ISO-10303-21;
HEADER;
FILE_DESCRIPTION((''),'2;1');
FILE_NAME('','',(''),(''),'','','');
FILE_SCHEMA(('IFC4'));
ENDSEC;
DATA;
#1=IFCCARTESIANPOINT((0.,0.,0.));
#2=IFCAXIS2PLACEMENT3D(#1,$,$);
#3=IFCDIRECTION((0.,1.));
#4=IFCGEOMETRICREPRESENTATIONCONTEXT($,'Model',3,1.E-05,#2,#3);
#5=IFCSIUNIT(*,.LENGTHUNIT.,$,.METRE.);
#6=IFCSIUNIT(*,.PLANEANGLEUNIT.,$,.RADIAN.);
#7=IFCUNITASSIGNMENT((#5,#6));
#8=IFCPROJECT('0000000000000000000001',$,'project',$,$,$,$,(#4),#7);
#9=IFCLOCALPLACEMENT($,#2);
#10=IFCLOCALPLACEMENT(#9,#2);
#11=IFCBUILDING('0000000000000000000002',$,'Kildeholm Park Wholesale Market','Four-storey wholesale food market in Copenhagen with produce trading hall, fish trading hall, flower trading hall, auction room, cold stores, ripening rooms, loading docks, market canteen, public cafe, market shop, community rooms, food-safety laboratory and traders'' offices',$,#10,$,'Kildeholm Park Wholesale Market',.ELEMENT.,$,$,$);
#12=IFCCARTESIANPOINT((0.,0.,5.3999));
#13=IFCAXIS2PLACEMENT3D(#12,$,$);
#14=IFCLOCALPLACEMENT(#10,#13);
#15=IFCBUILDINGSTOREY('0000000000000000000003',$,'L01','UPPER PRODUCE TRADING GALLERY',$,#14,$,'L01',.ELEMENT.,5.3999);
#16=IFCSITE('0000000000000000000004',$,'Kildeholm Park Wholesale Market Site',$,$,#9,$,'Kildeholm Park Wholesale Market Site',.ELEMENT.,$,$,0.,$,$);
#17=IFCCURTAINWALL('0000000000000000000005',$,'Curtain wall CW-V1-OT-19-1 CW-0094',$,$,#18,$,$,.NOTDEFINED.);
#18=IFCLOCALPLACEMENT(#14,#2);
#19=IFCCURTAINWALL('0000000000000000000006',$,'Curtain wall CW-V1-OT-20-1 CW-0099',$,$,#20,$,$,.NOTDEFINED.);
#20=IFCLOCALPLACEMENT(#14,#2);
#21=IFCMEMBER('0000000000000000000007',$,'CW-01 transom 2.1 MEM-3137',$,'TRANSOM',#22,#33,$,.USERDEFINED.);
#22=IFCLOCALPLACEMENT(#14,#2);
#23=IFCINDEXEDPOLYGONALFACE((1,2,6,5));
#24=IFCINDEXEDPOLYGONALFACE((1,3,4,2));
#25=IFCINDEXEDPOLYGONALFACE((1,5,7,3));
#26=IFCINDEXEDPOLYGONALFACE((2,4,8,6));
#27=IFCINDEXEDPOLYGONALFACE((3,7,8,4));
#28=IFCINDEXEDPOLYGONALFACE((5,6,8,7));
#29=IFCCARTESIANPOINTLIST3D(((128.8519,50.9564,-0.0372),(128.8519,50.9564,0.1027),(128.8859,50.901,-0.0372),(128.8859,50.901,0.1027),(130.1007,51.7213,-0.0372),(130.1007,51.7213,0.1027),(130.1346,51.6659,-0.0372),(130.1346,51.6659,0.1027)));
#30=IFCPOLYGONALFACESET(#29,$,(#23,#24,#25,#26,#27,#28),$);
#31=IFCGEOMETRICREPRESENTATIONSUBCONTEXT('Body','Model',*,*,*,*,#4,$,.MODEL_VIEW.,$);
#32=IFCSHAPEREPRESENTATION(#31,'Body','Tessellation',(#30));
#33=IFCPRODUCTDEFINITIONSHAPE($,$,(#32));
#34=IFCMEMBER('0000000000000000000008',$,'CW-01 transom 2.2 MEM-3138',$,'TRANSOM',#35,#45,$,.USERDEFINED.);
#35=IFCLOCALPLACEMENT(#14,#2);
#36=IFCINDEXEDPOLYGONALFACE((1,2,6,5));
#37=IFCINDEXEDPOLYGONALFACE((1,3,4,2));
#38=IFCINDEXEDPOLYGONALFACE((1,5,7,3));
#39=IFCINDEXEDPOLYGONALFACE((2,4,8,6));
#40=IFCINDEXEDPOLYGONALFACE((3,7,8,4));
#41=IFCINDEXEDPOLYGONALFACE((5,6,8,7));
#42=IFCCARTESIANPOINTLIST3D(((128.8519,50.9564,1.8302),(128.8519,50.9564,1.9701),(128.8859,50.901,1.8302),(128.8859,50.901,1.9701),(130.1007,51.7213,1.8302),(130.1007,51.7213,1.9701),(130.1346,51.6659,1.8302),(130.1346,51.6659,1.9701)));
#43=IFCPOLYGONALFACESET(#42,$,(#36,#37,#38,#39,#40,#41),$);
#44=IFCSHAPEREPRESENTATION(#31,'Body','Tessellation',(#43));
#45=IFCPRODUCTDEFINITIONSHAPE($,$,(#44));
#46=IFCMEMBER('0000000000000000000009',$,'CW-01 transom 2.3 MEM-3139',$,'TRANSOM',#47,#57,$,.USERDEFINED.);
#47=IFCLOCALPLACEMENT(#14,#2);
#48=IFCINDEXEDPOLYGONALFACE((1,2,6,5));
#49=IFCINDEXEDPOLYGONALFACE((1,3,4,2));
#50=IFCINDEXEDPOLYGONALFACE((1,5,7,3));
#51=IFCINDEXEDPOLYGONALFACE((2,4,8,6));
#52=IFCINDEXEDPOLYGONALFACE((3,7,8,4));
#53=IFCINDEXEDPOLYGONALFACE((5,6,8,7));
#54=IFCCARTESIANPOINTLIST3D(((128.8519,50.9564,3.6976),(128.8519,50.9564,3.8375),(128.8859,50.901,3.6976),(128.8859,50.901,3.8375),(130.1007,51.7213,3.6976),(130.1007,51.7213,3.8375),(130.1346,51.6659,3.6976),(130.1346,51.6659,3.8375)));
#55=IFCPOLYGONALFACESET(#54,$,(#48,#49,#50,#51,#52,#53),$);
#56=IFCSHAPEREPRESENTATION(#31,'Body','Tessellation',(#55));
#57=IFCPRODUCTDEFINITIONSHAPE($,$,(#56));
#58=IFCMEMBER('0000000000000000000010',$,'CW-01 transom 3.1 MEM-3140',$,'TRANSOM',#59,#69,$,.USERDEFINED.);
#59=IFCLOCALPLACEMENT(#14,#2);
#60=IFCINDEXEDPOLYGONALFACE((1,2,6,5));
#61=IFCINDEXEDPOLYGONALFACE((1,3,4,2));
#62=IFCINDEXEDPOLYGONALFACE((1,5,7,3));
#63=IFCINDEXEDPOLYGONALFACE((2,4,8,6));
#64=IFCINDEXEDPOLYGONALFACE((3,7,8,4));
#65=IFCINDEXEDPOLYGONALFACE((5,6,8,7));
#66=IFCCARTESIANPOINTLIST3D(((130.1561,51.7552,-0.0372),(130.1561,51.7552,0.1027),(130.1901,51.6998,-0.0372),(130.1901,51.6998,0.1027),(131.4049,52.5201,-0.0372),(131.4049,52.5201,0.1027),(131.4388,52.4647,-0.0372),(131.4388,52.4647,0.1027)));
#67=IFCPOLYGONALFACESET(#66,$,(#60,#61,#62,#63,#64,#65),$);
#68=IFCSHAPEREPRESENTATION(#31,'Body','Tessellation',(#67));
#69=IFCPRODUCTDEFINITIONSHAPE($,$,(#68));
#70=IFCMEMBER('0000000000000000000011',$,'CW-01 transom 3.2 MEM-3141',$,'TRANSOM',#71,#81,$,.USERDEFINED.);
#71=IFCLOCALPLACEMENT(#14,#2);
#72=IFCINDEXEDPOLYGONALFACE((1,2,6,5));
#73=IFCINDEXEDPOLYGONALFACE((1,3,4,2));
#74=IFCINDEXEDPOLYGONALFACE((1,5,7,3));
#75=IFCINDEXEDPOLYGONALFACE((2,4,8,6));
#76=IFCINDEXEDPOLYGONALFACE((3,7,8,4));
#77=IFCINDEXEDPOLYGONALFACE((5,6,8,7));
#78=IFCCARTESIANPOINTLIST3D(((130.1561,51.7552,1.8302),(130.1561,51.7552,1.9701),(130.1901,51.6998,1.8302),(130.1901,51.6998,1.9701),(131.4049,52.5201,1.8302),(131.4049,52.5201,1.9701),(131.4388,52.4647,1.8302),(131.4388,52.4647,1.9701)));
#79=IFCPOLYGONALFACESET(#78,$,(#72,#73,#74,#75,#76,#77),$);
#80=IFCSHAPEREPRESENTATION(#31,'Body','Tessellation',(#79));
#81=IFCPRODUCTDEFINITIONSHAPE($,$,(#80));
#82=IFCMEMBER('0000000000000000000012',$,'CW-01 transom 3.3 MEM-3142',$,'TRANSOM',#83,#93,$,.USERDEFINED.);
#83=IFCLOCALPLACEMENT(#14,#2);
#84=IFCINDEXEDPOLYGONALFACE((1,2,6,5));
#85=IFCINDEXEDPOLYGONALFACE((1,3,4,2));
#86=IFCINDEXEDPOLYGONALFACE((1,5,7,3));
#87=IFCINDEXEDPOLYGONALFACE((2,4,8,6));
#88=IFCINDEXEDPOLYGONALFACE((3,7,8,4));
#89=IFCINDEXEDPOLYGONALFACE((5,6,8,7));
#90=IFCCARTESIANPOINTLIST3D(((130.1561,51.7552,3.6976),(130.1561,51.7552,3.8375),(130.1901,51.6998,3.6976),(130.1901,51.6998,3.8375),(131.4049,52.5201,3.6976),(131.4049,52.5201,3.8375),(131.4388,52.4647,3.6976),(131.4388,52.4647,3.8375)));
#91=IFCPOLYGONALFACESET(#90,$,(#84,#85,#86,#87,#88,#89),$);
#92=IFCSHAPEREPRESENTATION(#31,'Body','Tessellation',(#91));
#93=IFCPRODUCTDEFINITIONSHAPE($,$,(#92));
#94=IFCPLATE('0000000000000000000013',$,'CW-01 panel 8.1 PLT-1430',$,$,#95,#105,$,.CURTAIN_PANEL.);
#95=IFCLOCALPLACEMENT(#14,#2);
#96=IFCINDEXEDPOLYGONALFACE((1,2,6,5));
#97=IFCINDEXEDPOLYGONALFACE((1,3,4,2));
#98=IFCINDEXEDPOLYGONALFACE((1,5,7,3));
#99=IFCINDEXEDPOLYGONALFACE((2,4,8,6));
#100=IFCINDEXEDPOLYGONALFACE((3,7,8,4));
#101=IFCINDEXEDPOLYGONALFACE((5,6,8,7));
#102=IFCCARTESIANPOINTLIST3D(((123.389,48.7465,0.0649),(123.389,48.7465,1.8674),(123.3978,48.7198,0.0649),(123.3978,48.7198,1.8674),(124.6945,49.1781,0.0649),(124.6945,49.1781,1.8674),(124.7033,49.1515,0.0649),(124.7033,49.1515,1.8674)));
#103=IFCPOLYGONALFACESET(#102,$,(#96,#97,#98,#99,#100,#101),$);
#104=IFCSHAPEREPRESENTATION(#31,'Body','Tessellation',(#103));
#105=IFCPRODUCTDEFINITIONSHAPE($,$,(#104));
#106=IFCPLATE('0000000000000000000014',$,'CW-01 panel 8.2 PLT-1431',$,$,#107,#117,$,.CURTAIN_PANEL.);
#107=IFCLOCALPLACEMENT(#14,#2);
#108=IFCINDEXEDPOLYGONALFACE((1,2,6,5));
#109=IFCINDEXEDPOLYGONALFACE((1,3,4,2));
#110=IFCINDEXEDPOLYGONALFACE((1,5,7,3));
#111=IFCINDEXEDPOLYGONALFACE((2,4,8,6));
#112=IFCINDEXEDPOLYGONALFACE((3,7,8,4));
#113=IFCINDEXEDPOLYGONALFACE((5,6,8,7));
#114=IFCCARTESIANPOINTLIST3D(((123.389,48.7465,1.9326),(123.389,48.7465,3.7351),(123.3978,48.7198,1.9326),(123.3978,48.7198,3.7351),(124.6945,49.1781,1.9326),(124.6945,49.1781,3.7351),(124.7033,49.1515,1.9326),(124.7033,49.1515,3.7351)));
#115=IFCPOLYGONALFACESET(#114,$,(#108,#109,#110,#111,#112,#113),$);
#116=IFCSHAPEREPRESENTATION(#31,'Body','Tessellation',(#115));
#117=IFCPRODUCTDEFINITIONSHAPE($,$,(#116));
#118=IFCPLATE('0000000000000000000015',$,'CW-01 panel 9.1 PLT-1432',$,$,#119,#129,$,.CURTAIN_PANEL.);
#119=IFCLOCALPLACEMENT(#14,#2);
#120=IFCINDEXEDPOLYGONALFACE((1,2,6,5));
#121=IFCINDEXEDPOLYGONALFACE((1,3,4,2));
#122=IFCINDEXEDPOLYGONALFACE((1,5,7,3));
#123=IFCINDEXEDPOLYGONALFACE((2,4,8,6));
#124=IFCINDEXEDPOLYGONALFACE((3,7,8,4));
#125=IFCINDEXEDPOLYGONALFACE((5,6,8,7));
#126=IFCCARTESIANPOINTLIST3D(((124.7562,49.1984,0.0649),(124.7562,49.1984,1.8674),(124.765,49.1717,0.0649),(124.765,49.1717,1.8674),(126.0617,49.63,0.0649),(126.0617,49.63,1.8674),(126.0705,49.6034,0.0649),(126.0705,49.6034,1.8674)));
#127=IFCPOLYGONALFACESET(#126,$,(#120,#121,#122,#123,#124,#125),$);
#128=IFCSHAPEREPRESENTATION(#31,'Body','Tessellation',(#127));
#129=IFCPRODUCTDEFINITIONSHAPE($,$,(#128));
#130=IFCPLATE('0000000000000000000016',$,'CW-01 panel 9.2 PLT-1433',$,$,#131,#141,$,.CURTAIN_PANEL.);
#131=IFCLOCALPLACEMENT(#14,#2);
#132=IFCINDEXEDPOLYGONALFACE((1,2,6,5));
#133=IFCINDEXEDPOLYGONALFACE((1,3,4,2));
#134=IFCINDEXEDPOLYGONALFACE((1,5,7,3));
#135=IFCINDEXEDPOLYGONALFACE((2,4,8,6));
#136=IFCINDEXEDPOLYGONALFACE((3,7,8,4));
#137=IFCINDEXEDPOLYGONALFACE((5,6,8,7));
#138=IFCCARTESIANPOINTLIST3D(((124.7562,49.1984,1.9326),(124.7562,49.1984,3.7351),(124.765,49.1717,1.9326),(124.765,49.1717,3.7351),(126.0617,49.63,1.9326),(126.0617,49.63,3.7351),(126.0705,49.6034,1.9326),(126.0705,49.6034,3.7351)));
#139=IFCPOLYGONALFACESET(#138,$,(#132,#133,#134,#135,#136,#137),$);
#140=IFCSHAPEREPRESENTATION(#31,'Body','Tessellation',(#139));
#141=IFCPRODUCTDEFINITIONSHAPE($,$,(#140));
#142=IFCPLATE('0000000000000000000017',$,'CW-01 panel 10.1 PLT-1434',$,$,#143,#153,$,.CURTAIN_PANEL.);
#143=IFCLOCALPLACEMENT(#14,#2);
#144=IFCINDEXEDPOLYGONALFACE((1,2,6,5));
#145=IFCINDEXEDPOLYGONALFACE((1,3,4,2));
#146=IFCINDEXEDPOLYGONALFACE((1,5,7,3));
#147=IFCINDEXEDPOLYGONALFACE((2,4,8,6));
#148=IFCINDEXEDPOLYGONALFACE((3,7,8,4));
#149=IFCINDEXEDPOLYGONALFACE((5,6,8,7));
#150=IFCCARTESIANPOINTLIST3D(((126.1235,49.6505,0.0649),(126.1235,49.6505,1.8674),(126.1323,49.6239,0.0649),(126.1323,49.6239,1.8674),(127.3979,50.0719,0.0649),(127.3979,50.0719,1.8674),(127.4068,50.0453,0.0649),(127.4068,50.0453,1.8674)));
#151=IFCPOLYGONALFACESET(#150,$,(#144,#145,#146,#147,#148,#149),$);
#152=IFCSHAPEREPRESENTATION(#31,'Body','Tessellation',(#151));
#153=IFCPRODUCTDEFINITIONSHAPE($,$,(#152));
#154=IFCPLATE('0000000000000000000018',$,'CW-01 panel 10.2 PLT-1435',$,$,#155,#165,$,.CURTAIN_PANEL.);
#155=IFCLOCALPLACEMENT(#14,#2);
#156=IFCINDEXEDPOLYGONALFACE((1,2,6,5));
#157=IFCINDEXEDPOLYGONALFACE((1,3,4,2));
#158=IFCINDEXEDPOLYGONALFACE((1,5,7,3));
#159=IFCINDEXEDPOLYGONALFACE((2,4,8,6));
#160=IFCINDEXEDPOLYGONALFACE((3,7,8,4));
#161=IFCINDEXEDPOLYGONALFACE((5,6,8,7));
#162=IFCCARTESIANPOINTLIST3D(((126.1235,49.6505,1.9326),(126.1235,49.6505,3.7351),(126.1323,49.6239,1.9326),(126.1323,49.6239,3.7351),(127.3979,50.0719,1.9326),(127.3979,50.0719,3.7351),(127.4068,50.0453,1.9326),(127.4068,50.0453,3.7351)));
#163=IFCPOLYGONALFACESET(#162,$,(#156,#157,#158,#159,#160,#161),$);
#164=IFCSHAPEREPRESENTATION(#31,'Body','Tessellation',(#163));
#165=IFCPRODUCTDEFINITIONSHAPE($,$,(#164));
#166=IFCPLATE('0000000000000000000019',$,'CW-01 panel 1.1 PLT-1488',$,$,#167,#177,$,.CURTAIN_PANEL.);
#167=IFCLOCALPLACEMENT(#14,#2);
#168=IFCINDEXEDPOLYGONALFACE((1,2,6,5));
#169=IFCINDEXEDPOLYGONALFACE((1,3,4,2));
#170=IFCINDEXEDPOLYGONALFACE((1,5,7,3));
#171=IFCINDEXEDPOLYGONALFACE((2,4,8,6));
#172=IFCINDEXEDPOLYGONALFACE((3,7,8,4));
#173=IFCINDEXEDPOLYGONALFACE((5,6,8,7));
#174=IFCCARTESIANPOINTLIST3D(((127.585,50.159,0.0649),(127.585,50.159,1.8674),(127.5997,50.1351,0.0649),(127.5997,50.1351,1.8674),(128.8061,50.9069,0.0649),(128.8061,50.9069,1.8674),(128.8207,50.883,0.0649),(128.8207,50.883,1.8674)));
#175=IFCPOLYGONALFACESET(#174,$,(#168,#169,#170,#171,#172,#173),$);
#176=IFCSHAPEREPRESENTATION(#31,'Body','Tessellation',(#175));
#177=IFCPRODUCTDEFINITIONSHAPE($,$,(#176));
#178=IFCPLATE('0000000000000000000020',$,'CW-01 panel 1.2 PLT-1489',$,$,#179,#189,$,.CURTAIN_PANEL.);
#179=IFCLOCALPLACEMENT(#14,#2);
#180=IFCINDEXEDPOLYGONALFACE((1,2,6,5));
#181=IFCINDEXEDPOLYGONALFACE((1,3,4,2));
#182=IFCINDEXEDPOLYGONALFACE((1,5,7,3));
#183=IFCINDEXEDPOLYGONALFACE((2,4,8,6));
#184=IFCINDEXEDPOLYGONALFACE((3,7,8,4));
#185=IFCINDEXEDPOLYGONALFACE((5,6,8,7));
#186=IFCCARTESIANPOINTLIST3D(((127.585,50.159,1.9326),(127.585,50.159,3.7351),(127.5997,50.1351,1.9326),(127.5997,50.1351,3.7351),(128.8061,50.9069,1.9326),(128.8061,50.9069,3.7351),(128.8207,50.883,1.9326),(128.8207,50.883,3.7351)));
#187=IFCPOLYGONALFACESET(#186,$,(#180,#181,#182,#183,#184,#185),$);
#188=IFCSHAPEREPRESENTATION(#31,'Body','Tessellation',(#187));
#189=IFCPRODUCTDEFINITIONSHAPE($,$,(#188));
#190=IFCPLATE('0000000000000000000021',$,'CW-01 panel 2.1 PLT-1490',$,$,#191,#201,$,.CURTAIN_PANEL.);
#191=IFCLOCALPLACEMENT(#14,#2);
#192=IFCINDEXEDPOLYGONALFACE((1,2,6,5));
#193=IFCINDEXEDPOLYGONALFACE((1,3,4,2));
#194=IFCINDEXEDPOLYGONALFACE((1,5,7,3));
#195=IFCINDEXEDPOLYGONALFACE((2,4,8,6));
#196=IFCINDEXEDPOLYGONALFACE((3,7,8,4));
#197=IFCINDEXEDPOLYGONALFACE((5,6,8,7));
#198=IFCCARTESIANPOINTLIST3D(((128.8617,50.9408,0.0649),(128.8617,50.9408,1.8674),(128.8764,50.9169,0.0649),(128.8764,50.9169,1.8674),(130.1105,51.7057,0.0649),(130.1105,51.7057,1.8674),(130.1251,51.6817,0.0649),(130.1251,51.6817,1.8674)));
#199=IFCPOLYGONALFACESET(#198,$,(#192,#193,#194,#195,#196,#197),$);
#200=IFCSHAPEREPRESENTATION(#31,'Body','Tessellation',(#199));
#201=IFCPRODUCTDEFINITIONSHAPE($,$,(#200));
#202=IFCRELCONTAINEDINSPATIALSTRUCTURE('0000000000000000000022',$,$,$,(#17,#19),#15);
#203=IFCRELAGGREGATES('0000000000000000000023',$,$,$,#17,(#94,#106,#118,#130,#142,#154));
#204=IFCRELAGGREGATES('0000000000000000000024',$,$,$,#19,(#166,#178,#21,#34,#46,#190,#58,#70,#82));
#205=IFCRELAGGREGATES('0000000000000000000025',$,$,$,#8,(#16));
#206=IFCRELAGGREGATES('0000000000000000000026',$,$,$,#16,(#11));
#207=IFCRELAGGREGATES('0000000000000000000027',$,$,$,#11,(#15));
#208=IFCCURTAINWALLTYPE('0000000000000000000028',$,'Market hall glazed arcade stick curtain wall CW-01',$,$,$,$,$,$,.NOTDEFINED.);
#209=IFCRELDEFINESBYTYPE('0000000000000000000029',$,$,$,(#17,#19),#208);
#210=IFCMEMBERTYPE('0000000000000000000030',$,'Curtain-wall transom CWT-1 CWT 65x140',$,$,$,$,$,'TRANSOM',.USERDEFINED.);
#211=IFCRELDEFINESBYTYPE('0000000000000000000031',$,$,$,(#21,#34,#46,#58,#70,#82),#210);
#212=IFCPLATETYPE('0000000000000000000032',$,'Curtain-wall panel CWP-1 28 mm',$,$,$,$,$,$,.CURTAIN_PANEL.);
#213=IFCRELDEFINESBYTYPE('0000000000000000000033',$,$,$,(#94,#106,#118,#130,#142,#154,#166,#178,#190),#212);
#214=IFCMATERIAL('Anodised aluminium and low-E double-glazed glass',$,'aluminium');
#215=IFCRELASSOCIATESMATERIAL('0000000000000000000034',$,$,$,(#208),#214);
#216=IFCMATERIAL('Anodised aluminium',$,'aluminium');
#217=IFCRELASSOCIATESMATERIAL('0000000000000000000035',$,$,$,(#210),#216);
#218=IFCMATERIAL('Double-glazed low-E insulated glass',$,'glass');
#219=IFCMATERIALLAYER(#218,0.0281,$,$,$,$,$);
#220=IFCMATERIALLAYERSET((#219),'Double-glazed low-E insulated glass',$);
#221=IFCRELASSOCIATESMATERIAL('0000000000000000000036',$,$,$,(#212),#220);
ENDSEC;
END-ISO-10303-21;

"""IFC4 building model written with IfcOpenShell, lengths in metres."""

from ifc_helpers import new_model, si_unit, direction, frame, origin, origin_2d, place, context, subcontext, project, spatial, rectangle, extrude, material, layer, layer_set, material_profile, profile_set, type_object, element, aggregate, save


model = new_model("IFC4")

# Units and contexts
model_context = context("Model", 3, precision=1e-05, world=origin(), true_north=direction((0.0, 1.0)))
body_context = subcontext(model_context, "Body", "Model", "MODEL_VIEW")
ifc_project = project(units=[si_unit("LENGTHUNIT", "METRE"), si_unit("PLANEANGLEUNIT", "RADIAN")], contexts=[model_context])

# Site, building, storey
site_placement = place(None, origin())
site = spatial("IfcSite", under=ifc_project, at=site_placement, Name="Kildeholm Park Wholesale Market Site", LongName="Kildeholm Park Wholesale Market Site", CompositionType="ELEMENT", RefElevation=0.0)
building_placement = place(site_placement, origin())
building = spatial("IfcBuilding", under=site, at=building_placement, Name="Kildeholm Park Wholesale Market", Description="Four-storey wholesale food market in Copenhagen with produce trading hall, fish trading hall, flower trading hall, auction room, cold stores, ripening rooms, loading docks, market canteen, public cafe, market shop, community rooms, food-safety laboratory and traders' offices", LongName="Kildeholm Park Wholesale Market", CompositionType="ELEMENT")
storey_placement = place(building_placement, frame((0.0, 0.0, 5.3999)))
storey = spatial("IfcBuildingStorey", under=building, at=storey_placement, Name="L01", Description="UPPER PRODUCE TRADING GALLERY", LongName="L01", CompositionType="ELEMENT", Elevation=5.3999)

# Curtain walls
ifc_material_1 = material(Name="Anodised aluminium and low-E double-glazed glass", Category="aluminium")
curtain_wall_type = type_object("IfcCurtainWallType", Name="Market hall glazed arcade stick curtain wall CW-01", PredefinedType="NOTDEFINED", material=ifc_material_1)
curtain_wall_1_placement = place(storey_placement, origin())
curtain_wall_1 = element("IfcCurtainWall", 1, at=curtain_wall_1_placement, inside=storey, type_object=curtain_wall_type, Name="Curtain wall CW-V1-OT-19-1 CW-0094", PredefinedType="NOTDEFINED")
ifc_material_2 = material(Name="Anodised aluminium", Category="aluminium")
curtain_wall_2_placement = place(storey_placement, origin())
curtain_wall_2 = element("IfcCurtainWall", 2, at=curtain_wall_2_placement, inside=storey, type_object=curtain_wall_type, Name="Curtain wall CW-V1-OT-20-1 CW-0099", PredefinedType="NOTDEFINED")

# Members
ifc_material_profile_1 = material_profile(ifc_material_2, rectangle(XDim=0.0649, YDim=0.1399, at=origin_2d()), Name="CWT 65x140")
ifc_profile_set_1 = profile_set([ifc_material_profile_1], Name="Anodised aluminium")
member_type_1 = type_object("IfcMemberType", Name="Curtain-wall transom CWT-1 CWT 65x140", ElementType="TRANSOM", PredefinedType="USERDEFINED", material=ifc_profile_set_1)
member_1_placement = place(storey_placement, frame((128.8689, 50.9287, 0.0327), z_axis=(0.85275, 0.52232, 0.0), x_axis=(-0.52232, 0.85275, 0.0)))
member_1 = element("IfcMember", 3, at=member_1_placement, type_object=member_type_1, Name="CW-01 transom 2.1 MEM-3137", ObjectType="TRANSOM", PredefinedType="USERDEFINED", context=body_context, shape_type="SweptSolid", body=[
    extrude(rectangle(XDim=0.0649, YDim=0.1399, at=origin_2d()), origin(), (0.0, 0.0, 1.0), 1.4644),
])
member_2_placement = place(storey_placement, frame((128.8689, 50.9287, 1.9001), z_axis=(0.85275, 0.52232, 0.0), x_axis=(-0.52232, 0.85275, 0.0)))
member_2 = element("IfcMember", 4, at=member_2_placement, type_object=member_type_1, Name="CW-01 transom 2.2 MEM-3138", ObjectType="TRANSOM", PredefinedType="USERDEFINED", context=body_context, shape_type="SweptSolid", body=[
    extrude(rectangle(XDim=0.0649, YDim=0.1399, at=origin_2d()), origin(), (0.0, 0.0, 1.0), 1.4644),
])
member_3_placement = place(storey_placement, frame((128.8689, 50.9287, 3.7676), z_axis=(0.85275, 0.52232, 0.0), x_axis=(-0.52232, 0.85275, 0.0)))
member_3 = element("IfcMember", 5, at=member_3_placement, type_object=member_type_1, Name="CW-01 transom 2.3 MEM-3139", ObjectType="TRANSOM", PredefinedType="USERDEFINED", context=body_context, shape_type="SweptSolid", body=[
    extrude(rectangle(XDim=0.0649, YDim=0.1399, at=origin_2d()), origin(), (0.0, 0.0, 1.0), 1.4644),
])
member_4_placement = place(storey_placement, frame((130.1731, 51.7275, 0.0327), z_axis=(0.85275, 0.52232, 0.0), x_axis=(-0.52232, 0.85275, 0.0)))
member_4 = element("IfcMember", 6, at=member_4_placement, type_object=member_type_1, Name="CW-01 transom 3.1 MEM-3140", ObjectType="TRANSOM", PredefinedType="USERDEFINED", context=body_context, shape_type="SweptSolid", body=[
    extrude(rectangle(XDim=0.0649, YDim=0.1399, at=origin_2d()), origin(), (0.0, 0.0, 1.0), 1.4644),
])
member_5_placement = place(storey_placement, frame((130.1731, 51.7275, 1.9001), z_axis=(0.85275, 0.52232, 0.0), x_axis=(-0.52232, 0.85275, 0.0)))
member_5 = element("IfcMember", 7, at=member_5_placement, type_object=member_type_1, Name="CW-01 transom 3.2 MEM-3141", ObjectType="TRANSOM", PredefinedType="USERDEFINED", context=body_context, shape_type="SweptSolid", body=[
    extrude(rectangle(XDim=0.0649, YDim=0.1399, at=origin_2d()), origin(), (0.0, 0.0, 1.0), 1.4644),
])
member_6_placement = place(storey_placement, frame((130.1731, 51.7275, 3.7676), z_axis=(0.85275, 0.52232, 0.0), x_axis=(-0.52232, 0.85275, 0.0)))
member_6 = element("IfcMember", 8, at=member_6_placement, type_object=member_type_1, Name="CW-01 transom 3.3 MEM-3142", ObjectType="TRANSOM", PredefinedType="USERDEFINED", context=body_context, shape_type="SweptSolid", body=[
    extrude(rectangle(XDim=0.0649, YDim=0.1399, at=origin_2d()), origin(), (0.0, 0.0, 1.0), 1.4644),
])

# Plates
ifc_material_3 = material(Name="Double-glazed low-E insulated glass", Category="glass")
ifc_layer = layer(ifc_material_3, 0.0281)
ifc_layer_set = layer_set([ifc_layer], Name="Double-glazed low-E insulated glass")
plate_type = type_object("IfcPlateType", Name="Curtain-wall panel CWP-1 28 mm", PredefinedType="CURTAIN_PANEL", material=ifc_layer_set)
plate_1_placement = place(storey_placement, frame((124.0461, 48.949, 0.0649), z_axis=(0.0, 0.0, 1.0), x_axis=(0.949451, 0.313914, 0.0)))
plate_1 = element("IfcPlate", 9, at=plate_1_placement, type_object=plate_type, Name="CW-01 panel 8.1 PLT-1430", PredefinedType="CURTAIN_PANEL", context=body_context, shape_type="SweptSolid", body=[
    extrude(rectangle(XDim=1.375, YDim=0.0281, at=origin_2d()), origin(), (0.0, 0.0, 1.0), 1.8025),
])
plate_2_placement = place(storey_placement, frame((124.0461, 48.949, 1.9326), z_axis=(0.0, 0.0, 1.0), x_axis=(0.949451, 0.313914, 0.0)))
plate_2 = element("IfcPlate", 10, at=plate_2_placement, type_object=plate_type, Name="CW-01 panel 8.2 PLT-1431", PredefinedType="CURTAIN_PANEL", context=body_context, shape_type="SweptSolid", body=[
    extrude(rectangle(XDim=1.375, YDim=0.0281, at=origin_2d()), origin(), (0.0, 0.0, 1.0), 1.8025),
])
plate_3_placement = place(storey_placement, frame((125.4133, 49.4009, 0.0649), z_axis=(0.0, 0.0, 1.0), x_axis=(0.949451, 0.313914, 0.0)))
plate_3 = element("IfcPlate", 11, at=plate_3_placement, type_object=plate_type, Name="CW-01 panel 9.1 PLT-1432", PredefinedType="CURTAIN_PANEL", context=body_context, shape_type="SweptSolid", body=[
    extrude(rectangle(XDim=1.375, YDim=0.0281, at=origin_2d()), origin(), (0.0, 0.0, 1.0), 1.8025),
])
plate_4_placement = place(storey_placement, frame((125.4133, 49.4009, 1.9326), z_axis=(0.0, 0.0, 1.0), x_axis=(0.949451, 0.313914, 0.0)))
plate_4 = element("IfcPlate", 12, at=plate_4_placement, type_object=plate_type, Name="CW-01 panel 9.2 PLT-1433", PredefinedType="CURTAIN_PANEL", context=body_context, shape_type="SweptSolid", body=[
    extrude(rectangle(XDim=1.375, YDim=0.0281, at=origin_2d()), origin(), (0.0, 0.0, 1.0), 1.8025),
])
plate_5_placement = place(storey_placement, frame((126.7651, 49.8479, 0.0649), z_axis=(0.0, 0.0, 1.0), x_axis=(0.949451, 0.313914, 0.0)))
plate_5 = element("IfcPlate", 13, at=plate_5_placement, type_object=plate_type, Name="CW-01 panel 10.1 PLT-1434", PredefinedType="CURTAIN_PANEL", context=body_context, shape_type="SweptSolid", body=[
    extrude(rectangle(XDim=1.3423, YDim=0.0281, at=origin_2d()), origin(), (0.0, 0.0, 1.0), 1.8025),
])
plate_6_placement = place(storey_placement, frame((126.7651, 49.8479, 1.9326), z_axis=(0.0, 0.0, 1.0), x_axis=(0.949451, 0.313914, 0.0)))
plate_6 = element("IfcPlate", 14, at=plate_6_placement, type_object=plate_type, Name="CW-01 panel 10.2 PLT-1435", PredefinedType="CURTAIN_PANEL", context=body_context, shape_type="SweptSolid", body=[
    extrude(rectangle(XDim=1.3423, YDim=0.0281, at=origin_2d()), origin(), (0.0, 0.0, 1.0), 1.8025),
])
aggregate(curtain_wall_1, [plate_1, plate_2, plate_3, plate_4, plate_5, plate_6])
plate_7_placement = place(storey_placement, frame((128.2029, 50.521, 0.0649), z_axis=(0.0, 0.0, 1.0), x_axis=(0.852771, 0.522284, 0.0)))
plate_7 = element("IfcPlate", 15, at=plate_7_placement, type_object=plate_type, Name="CW-01 panel 1.1 PLT-1488", PredefinedType="CURTAIN_PANEL", context=body_context, shape_type="SweptSolid", body=[
    extrude(rectangle(XDim=1.4319, YDim=0.0281, at=origin_2d()), origin(), (0.0, 0.0, 1.0), 1.8025),
])
plate_8_placement = place(storey_placement, frame((128.2029, 50.521, 1.9326), z_axis=(0.0, 0.0, 1.0), x_axis=(0.852771, 0.522284, 0.0)))
plate_8 = element("IfcPlate", 16, at=plate_8_placement, type_object=plate_type, Name="CW-01 panel 1.2 PLT-1489", PredefinedType="CURTAIN_PANEL", context=body_context, shape_type="SweptSolid", body=[
    extrude(rectangle(XDim=1.4319, YDim=0.0281, at=origin_2d()), origin(), (0.0, 0.0, 1.0), 1.8025),
])
plate_9_placement = place(storey_placement, frame((129.4934, 51.3113, 0.0649), z_axis=(0.0, 0.0, 1.0), x_axis=(0.852771, 0.522284, 0.0)))
plate_9 = element("IfcPlate", 17, at=plate_9_placement, type_object=plate_type, Name="CW-01 panel 2.1 PLT-1490", PredefinedType="CURTAIN_PANEL", context=body_context, shape_type="SweptSolid", body=[
    extrude(rectangle(XDim=1.4644, YDim=0.0281, at=origin_2d()), origin(), (0.0, 0.0, 1.0), 1.8025),
])
aggregate(curtain_wall_2, [plate_7, plate_8, member_1, member_2, member_3, plate_9, member_4, member_5, member_6])

save(model, "model.ifc")
